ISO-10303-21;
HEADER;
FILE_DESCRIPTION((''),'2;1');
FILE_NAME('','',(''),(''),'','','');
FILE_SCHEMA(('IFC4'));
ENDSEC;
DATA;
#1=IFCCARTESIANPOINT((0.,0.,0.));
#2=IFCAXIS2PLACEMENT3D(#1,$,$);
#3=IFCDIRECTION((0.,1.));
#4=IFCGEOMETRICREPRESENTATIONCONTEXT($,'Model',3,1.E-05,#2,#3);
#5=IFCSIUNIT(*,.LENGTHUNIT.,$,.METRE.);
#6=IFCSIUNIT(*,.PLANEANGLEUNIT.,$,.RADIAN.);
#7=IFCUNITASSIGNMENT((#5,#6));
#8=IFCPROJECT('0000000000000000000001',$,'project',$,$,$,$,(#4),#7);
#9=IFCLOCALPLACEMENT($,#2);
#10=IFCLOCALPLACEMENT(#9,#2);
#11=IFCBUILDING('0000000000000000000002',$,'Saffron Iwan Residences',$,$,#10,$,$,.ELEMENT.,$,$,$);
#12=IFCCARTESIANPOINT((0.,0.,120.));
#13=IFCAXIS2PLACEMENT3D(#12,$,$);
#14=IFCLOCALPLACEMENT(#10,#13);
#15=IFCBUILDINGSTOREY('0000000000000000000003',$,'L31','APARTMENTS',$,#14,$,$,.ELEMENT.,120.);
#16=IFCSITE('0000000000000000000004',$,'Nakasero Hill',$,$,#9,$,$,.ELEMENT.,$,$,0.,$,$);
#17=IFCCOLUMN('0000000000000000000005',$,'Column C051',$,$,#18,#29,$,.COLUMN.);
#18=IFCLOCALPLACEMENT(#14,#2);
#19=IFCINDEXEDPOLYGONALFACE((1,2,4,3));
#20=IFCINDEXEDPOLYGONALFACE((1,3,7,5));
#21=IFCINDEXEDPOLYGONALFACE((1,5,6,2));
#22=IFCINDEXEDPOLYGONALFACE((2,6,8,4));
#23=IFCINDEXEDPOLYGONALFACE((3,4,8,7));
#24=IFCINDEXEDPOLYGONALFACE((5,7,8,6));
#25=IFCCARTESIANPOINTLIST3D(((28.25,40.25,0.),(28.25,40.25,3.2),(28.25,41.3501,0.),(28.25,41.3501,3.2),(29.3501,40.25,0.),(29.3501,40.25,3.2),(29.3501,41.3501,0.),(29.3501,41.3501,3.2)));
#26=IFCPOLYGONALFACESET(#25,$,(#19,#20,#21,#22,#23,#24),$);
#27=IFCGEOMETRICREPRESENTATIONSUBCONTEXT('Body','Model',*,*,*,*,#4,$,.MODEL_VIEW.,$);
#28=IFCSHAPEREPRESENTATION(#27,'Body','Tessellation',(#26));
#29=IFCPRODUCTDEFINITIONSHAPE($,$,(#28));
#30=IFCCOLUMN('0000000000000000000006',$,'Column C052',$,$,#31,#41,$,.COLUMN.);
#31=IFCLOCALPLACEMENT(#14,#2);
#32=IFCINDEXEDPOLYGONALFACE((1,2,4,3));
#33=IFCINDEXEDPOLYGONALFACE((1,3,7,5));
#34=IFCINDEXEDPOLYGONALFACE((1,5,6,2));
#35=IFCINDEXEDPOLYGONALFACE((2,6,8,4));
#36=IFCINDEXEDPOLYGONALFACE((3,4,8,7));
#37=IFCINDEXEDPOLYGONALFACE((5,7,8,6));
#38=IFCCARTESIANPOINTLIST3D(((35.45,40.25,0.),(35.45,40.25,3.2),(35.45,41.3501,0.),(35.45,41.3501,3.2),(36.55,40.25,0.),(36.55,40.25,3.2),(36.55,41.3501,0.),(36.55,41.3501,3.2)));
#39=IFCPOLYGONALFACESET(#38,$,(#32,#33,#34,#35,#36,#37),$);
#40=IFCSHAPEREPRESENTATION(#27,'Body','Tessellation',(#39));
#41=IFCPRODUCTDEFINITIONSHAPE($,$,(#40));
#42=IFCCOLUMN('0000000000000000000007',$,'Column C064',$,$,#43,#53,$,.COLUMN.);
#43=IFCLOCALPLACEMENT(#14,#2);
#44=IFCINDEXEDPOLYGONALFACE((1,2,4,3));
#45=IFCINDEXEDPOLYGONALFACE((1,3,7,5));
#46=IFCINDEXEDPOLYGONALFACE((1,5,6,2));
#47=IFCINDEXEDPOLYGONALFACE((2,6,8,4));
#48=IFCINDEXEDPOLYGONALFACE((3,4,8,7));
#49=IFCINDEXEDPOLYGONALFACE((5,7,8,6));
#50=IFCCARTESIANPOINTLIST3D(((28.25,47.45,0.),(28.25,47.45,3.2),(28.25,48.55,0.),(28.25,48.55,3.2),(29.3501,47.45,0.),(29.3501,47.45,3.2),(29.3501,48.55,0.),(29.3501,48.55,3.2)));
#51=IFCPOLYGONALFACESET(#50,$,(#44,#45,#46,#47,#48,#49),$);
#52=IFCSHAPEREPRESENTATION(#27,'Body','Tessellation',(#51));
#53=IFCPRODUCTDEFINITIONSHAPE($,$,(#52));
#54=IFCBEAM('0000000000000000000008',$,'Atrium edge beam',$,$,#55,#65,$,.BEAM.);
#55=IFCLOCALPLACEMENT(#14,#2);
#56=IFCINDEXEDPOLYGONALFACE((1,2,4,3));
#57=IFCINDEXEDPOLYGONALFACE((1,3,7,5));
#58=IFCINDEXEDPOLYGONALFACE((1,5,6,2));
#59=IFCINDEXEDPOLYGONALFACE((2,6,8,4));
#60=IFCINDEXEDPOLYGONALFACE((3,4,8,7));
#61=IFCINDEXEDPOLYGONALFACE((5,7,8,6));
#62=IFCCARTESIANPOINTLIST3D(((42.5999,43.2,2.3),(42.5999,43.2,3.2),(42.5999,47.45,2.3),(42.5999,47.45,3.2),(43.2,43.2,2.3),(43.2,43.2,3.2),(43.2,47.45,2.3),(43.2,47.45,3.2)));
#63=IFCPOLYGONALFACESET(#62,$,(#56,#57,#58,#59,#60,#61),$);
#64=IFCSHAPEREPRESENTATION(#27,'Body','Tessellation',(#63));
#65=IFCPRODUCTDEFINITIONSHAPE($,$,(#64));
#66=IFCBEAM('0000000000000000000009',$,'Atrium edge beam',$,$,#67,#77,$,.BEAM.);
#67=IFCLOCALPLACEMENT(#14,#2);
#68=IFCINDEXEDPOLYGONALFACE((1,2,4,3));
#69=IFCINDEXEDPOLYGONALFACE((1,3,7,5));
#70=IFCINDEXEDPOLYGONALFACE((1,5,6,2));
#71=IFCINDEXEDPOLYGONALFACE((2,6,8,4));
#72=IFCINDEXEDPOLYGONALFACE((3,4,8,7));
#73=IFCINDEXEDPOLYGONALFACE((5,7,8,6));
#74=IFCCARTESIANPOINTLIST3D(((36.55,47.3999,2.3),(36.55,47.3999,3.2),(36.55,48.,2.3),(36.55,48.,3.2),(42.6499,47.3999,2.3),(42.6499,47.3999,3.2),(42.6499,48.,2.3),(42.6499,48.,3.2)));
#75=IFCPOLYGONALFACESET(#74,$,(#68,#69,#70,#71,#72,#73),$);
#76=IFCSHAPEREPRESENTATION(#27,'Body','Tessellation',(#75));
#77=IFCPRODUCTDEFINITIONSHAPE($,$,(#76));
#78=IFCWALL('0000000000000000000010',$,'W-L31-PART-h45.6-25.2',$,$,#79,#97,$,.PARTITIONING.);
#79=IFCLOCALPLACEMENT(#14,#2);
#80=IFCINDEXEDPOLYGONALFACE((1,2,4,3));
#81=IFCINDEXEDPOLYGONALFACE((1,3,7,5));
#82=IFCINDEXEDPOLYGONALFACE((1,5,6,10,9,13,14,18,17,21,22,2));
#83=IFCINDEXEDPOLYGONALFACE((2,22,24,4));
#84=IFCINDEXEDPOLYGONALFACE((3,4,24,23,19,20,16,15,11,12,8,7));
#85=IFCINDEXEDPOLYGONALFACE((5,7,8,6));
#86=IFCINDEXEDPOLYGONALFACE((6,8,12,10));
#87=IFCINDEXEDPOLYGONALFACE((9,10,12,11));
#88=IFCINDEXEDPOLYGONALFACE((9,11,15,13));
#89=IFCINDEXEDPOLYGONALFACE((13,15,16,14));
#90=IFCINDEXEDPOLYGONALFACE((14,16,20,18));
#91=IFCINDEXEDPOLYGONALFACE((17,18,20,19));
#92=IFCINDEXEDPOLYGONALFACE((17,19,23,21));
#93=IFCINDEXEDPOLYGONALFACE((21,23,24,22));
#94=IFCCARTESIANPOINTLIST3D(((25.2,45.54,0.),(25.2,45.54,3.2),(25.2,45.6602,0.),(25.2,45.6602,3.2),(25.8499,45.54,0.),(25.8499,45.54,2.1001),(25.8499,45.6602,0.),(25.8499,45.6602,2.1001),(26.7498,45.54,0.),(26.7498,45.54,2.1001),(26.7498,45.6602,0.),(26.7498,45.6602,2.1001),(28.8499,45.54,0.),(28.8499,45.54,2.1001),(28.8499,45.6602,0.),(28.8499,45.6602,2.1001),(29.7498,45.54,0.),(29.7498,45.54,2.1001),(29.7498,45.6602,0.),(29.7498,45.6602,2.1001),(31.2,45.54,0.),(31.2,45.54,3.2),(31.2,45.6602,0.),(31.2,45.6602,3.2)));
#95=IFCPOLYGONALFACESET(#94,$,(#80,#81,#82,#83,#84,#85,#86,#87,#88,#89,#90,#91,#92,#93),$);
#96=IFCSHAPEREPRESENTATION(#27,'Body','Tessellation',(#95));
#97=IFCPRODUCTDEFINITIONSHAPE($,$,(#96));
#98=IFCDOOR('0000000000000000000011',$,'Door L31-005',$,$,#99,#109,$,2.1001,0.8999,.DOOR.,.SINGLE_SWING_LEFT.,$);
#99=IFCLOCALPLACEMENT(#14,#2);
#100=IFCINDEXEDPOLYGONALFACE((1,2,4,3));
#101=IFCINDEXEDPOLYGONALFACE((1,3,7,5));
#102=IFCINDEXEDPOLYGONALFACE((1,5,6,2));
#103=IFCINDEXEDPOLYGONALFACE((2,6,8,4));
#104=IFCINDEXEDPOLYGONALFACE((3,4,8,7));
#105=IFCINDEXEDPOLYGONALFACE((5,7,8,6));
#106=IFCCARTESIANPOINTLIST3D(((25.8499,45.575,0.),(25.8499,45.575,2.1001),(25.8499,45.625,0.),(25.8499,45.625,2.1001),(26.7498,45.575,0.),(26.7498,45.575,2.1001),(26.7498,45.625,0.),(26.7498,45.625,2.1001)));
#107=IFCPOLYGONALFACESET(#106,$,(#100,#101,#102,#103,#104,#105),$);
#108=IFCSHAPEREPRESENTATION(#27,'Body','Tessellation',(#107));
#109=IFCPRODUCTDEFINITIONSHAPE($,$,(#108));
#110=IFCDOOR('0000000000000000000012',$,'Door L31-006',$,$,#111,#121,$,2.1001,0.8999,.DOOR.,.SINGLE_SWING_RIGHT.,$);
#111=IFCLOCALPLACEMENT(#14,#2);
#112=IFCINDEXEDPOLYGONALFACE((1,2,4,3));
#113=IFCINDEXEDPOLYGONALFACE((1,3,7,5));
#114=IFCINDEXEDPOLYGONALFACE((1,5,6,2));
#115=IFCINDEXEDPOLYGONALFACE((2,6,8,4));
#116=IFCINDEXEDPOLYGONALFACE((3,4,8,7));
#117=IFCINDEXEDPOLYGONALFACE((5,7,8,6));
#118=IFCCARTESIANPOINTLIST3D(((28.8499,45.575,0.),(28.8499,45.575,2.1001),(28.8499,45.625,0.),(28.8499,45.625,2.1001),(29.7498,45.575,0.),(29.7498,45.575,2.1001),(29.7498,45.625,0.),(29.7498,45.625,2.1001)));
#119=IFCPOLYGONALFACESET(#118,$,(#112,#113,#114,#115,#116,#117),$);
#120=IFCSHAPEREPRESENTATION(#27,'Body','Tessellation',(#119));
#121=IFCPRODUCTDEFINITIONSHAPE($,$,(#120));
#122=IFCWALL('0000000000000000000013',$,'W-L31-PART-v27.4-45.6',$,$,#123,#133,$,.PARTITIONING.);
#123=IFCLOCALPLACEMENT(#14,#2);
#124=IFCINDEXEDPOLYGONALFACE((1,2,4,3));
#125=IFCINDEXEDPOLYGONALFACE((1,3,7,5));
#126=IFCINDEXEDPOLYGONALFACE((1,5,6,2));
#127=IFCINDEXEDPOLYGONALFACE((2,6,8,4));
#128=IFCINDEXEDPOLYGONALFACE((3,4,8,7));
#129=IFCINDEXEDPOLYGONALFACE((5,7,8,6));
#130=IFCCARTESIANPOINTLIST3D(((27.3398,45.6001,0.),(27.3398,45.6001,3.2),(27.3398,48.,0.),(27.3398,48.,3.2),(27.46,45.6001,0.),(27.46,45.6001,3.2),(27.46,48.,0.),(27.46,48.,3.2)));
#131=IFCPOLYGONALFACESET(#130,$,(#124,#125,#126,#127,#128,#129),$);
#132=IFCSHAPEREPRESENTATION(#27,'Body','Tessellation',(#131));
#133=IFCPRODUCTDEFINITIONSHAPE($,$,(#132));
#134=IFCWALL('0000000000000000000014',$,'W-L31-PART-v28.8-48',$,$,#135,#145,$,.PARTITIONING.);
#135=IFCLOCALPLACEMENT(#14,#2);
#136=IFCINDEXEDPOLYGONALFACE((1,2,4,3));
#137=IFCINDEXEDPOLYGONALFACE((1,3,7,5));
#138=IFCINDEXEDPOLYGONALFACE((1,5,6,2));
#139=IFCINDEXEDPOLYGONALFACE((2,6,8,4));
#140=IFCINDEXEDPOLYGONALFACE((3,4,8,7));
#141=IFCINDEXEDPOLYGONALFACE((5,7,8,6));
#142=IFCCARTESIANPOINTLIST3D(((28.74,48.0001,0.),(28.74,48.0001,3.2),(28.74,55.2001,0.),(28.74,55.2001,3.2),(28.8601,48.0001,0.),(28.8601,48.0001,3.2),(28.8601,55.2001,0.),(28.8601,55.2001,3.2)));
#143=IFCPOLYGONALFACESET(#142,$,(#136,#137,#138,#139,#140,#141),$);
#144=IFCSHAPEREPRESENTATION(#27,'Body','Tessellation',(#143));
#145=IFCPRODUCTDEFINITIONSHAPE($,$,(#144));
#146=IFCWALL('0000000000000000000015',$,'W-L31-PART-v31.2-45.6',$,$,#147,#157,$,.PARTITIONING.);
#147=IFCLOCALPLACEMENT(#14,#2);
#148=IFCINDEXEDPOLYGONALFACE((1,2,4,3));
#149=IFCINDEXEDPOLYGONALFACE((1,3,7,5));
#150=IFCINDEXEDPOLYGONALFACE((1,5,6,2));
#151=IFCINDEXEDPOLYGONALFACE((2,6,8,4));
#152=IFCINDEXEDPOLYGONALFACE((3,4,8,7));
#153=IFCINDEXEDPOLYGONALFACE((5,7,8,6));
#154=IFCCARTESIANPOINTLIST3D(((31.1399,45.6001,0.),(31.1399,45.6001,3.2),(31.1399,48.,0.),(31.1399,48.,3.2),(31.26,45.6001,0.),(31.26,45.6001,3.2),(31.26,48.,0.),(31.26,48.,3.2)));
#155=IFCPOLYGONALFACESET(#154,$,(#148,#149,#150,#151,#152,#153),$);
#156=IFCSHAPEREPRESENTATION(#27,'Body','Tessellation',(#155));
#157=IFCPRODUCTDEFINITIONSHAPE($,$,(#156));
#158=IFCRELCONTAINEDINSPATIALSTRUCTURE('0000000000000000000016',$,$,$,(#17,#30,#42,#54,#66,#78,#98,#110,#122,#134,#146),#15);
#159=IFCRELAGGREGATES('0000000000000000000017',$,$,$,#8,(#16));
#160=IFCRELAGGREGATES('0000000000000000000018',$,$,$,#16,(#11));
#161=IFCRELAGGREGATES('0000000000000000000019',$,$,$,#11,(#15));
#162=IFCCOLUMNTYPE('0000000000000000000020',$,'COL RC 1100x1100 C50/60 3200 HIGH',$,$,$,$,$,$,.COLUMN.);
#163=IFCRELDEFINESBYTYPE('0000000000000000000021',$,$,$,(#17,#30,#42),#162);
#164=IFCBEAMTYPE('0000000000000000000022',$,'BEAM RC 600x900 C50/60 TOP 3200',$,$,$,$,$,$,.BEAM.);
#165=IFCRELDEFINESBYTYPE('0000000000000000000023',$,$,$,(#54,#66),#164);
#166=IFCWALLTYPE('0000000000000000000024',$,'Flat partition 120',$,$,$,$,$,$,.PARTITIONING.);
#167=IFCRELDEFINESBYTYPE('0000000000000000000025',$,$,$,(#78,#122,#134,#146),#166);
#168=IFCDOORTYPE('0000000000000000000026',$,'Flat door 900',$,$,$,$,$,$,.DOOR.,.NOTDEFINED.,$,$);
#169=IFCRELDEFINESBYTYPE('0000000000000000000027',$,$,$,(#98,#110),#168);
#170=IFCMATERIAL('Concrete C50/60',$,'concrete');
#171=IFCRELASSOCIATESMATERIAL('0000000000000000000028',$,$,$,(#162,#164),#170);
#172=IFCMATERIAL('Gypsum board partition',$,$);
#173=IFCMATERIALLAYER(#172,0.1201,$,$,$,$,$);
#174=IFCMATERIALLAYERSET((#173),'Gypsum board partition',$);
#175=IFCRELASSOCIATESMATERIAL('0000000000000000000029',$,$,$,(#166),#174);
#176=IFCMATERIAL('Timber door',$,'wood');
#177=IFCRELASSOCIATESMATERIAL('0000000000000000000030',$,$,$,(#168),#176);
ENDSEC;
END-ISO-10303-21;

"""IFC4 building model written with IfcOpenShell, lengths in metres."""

from ifc_helpers import new_model, si_unit, direction, frame, frame_2d, origin, origin_2d, place, context, subcontext, project, spatial, rectangle, extrude, source, transform, mapped, material, layer, layer_set, material_profile, profile_set, type_object, element, fill, save


model = new_model("IFC4")

# Units and contexts
model_context = context("Model", 3, precision=1e-05, world=origin(), true_north=direction((0.0, 1.0)))
body_context = subcontext(model_context, "Body", "Model", "MODEL_VIEW")
ifc_project = project(units=[si_unit("LENGTHUNIT", "METRE"), si_unit("PLANEANGLEUNIT", "RADIAN")], contexts=[model_context])

# Site, building, storey
site_placement = place(None, origin())
site = spatial("IfcSite", under=ifc_project, at=site_placement, Name="Nakasero Hill", CompositionType="ELEMENT", RefElevation=0.0)
building_placement = place(site_placement, origin())
building = spatial("IfcBuilding", under=site, at=building_placement, Name="Saffron Iwan Residences", CompositionType="ELEMENT")
storey_placement = place(building_placement, frame((0.0, 0.0, 120.0)))
storey = spatial("IfcBuildingStorey", under=building, at=storey_placement, Name="L31", Description="APARTMENTS", CompositionType="ELEMENT", Elevation=120.0)

# Columns
ifc_material_1 = material(Name="Concrete C50/60", Category="concrete")
ifc_material_profile_1 = material_profile(ifc_material_1, rectangle(XDim=1.1001, YDim=1.1001, at=origin_2d()), Name="RC 1100x1100")
ifc_profile_set_1 = profile_set([ifc_material_profile_1], Name="Concrete C50/60")
column_type = type_object("IfcColumnType", Name="COL RC 1100x1100 C50/60 3200 HIGH", PredefinedType="COLUMN", material=ifc_profile_set_1)
shared_shape_1 = source(origin(), body_context, "Body", "SweptSolid", [
    extrude(rectangle(XDim=1.1001, YDim=1.1001, at=origin_2d()), origin(), (0.0, 0.0, 1.0), 3.2),
])
for number, where, z_axis, x_axis, name in (
    (1, (28.8, 40.8, 0.0), (0.0, 0.0, 1.0), (1.0, 0.0, 0.0), "Column C051"),
    (2, (36.0, 40.8, 0.0), (0.0, 0.0, 1.0), (1.0, 0.0, 0.0), "Column C052"),
    (3, (28.8, 48.0, 0.0), (0.0, 0.0, 1.0), (1.0, 0.0, 0.0), "Column C064"),
):
    element("IfcColumn", number, at=place(storey_placement, frame(where, z_axis=z_axis, x_axis=x_axis)), inside=storey, type_object=column_type, Name=name, PredefinedType="COLUMN", context=body_context, shape_type="MappedRepresentation", body=[
        mapped(shared_shape_1, transform((0.0, 0.0, 0.0))),
    ])

# Beams
ifc_material_profile_2 = material_profile(ifc_material_1, rectangle(XDim=0.6001, YDim=0.8999, at=origin_2d()), Name="RC 600x900")
ifc_profile_set_2 = profile_set([ifc_material_profile_2], Name="Concrete C50/60")
beam_type = type_object("IfcBeamType", Name="BEAM RC 600x900 C50/60 TOP 3200", PredefinedType="BEAM", material=ifc_profile_set_2)
shared_shape_2 = source(origin(), body_context, "Body", "SweptSolid", [
    extrude(rectangle(XDim=0.6001, YDim=0.8999, at=origin_2d()), origin(), (0.0, 0.0, 1.0), 4.25),
])
beam_1_placement = place(storey_placement, frame((42.8999, 43.2, 2.75), z_axis=(0.0, 1.0, 0.0), x_axis=(-1.0, 0.0, 0.0)))
element("IfcBeam", 4, at=beam_1_placement, inside=storey, type_object=beam_type, Name="Atrium edge beam", PredefinedType="BEAM", context=body_context, shape_type="MappedRepresentation", body=[
    mapped(shared_shape_2, transform((0.0, 0.0, 0.0))),
])
shared_shape_3 = source(origin(), body_context, "Body", "SweptSolid", [
    extrude(rectangle(XDim=0.6001, YDim=0.8999, at=origin_2d()), origin(), (0.0, 0.0, 1.0), 6.0999),
])
beam_2_placement = place(storey_placement, frame((42.6499, 47.7, 2.75), z_axis=(-1.0, 0.0, 0.0), x_axis=(0.0, -1.0, 0.0)))
element("IfcBeam", 5, at=beam_2_placement, inside=storey, type_object=beam_type, Name="Atrium edge beam", PredefinedType="BEAM", context=body_context, shape_type="MappedRepresentation", body=[
    mapped(shared_shape_3, transform((0.0, 0.0, 0.0))),
])

# Wall, openings, doors
ifc_material_2 = material(Name="Gypsum board partition")
ifc_layer_1 = layer(ifc_material_2, 0.1201)
ifc_layer_set_1 = layer_set([ifc_layer_1], Name="Gypsum board partition")
wall_type_1 = type_object("IfcWallType", Name="Flat partition 120", PredefinedType="PARTITIONING", material=ifc_layer_set_1)
wall_1_placement = place(storey_placement, frame((25.2, 45.6001, 0.0), z_axis=(0.0, 0.0, 1.0), x_axis=(1.0, 0.0, 0.0)))
wall_1 = element("IfcWall", 6, at=wall_1_placement, inside=storey, type_object=wall_type_1, Name="W-L31-PART-h45.6-25.2", PredefinedType="PARTITIONING", context=body_context, shape_type="SweptSolid", body=[
    extrude(rectangle(XDim=6.0, YDim=0.1201, at=frame_2d((3.0, 0.0))), origin(), (0.0, 0.0, 1.0), 3.2),
])
opening_1_placement = place(wall_1_placement, frame((0.6499, 0.0, 0.0)))
opening_1 = element("IfcOpeningElement", 7, at=opening_1_placement, cuts=wall_1, PredefinedType="OPENING", context=body_context, shape_type="SweptSolid", body=[
    extrude(rectangle(XDim=0.8999, YDim=2.1001, at=frame_2d((0.45, 1.05))), frame((0.0, 0.0701, 0.0), z_axis=(0.0, -1.0, 0.0), x_axis=(1.0, 0.0, 0.0)), (0.0, 0.0, 1.0), 0.1401),
])
opening_2_placement = place(wall_1_placement, frame((3.6499, 0.0, 0.0)))
opening_2 = element("IfcOpeningElement", 8, at=opening_2_placement, cuts=wall_1, PredefinedType="OPENING", context=body_context, shape_type="SweptSolid", body=[
    extrude(rectangle(XDim=0.8999, YDim=2.1001, at=frame_2d((0.45, 1.05))), frame((0.0, 0.0701, 0.0), z_axis=(0.0, -1.0, 0.0), x_axis=(1.0, 0.0, 0.0)), (0.0, 0.0, 1.0), 0.1401),
])
ifc_material_3 = material(Name="Timber door", Category="wood")
door_type_1 = type_object("IfcDoorType", Name="Flat door 900", OperationType="NOTDEFINED", PredefinedType="DOOR", material=ifc_material_3)
door_1_placement = place(opening_1_placement, origin())
door_1 = element("IfcDoor", 9, at=door_1_placement, inside=storey, type_object=door_type_1, Name="Door L31-005", OperationType="SINGLE_SWING_LEFT", OverallHeight=2.1001, OverallWidth=0.8999, PredefinedType="DOOR", context=body_context, shape_type="SweptSolid", body=[
    extrude(rectangle(XDim=0.8999, YDim=2.1001, at=frame_2d((0.45, 1.05))), frame((0.0, 0.0249, 0.0), z_axis=(0.0, -1.0, 0.0), x_axis=(1.0, 0.0, 0.0)), (0.0, 0.0, 1.0), 0.05),
])
fill(opening_1, door_1)
door_2_placement = place(opening_2_placement, origin())
door_2 = element("IfcDoor", 10, at=door_2_placement, inside=storey, type_object=door_type_1, Name="Door L31-006", OperationType="SINGLE_SWING_RIGHT", OverallHeight=2.1001, OverallWidth=0.8999, PredefinedType="DOOR", context=body_context, shape_type="SweptSolid", body=[
    extrude(rectangle(XDim=0.8999, YDim=2.1001, at=frame_2d((0.45, 1.05))), frame((0.0, 0.0249, 0.0), z_axis=(0.0, -1.0, 0.0), x_axis=(1.0, 0.0, 0.0)), (0.0, 0.0, 1.0), 0.05),
])
fill(opening_2, door_2)

# Walls
wall_2_placement = place(storey_placement, frame((27.3999, 45.6001, 0.0), z_axis=(0.0, 0.0, 1.0), x_axis=(0.0, 1.0, 0.0)))
element("IfcWall", 11, at=wall_2_placement, inside=storey, type_object=wall_type_1, Name="W-L31-PART-v27.4-45.6", PredefinedType="PARTITIONING", context=body_context, shape_type="SweptSolid", body=[
    extrude(rectangle(XDim=2.3999, YDim=0.1201, at=frame_2d((1.2, 0.0))), origin(), (0.0, 0.0, 1.0), 3.2),
])
wall_3_placement = place(storey_placement, frame((28.8, 48.0, 0.0), z_axis=(0.0, 0.0, 1.0), x_axis=(0.0, 1.0, 0.0)))
element("IfcWall", 12, at=wall_3_placement, inside=storey, type_object=wall_type_1, Name="W-L31-PART-v28.8-48", PredefinedType="PARTITIONING", context=body_context, shape_type="SweptSolid", body=[
    extrude(rectangle(XDim=7.2, YDim=0.1201, at=frame_2d((3.6001, 0.0))), origin(), (0.0, 0.0, 1.0), 3.2),
])
wall_4_placement = place(storey_placement, frame((31.2, 45.6001, 0.0), z_axis=(0.0, 0.0, 1.0), x_axis=(0.0, 1.0, 0.0)))
element("IfcWall", 13, at=wall_4_placement, inside=storey, type_object=wall_type_1, Name="W-L31-PART-v31.2-45.6", PredefinedType="PARTITIONING", context=body_context, shape_type="SweptSolid", body=[
    extrude(rectangle(XDim=2.3999, YDim=0.1201, at=frame_2d((1.2, 0.0))), origin(), (0.0, 0.0, 1.0), 3.2),
])

save(model, "model.ifc")
